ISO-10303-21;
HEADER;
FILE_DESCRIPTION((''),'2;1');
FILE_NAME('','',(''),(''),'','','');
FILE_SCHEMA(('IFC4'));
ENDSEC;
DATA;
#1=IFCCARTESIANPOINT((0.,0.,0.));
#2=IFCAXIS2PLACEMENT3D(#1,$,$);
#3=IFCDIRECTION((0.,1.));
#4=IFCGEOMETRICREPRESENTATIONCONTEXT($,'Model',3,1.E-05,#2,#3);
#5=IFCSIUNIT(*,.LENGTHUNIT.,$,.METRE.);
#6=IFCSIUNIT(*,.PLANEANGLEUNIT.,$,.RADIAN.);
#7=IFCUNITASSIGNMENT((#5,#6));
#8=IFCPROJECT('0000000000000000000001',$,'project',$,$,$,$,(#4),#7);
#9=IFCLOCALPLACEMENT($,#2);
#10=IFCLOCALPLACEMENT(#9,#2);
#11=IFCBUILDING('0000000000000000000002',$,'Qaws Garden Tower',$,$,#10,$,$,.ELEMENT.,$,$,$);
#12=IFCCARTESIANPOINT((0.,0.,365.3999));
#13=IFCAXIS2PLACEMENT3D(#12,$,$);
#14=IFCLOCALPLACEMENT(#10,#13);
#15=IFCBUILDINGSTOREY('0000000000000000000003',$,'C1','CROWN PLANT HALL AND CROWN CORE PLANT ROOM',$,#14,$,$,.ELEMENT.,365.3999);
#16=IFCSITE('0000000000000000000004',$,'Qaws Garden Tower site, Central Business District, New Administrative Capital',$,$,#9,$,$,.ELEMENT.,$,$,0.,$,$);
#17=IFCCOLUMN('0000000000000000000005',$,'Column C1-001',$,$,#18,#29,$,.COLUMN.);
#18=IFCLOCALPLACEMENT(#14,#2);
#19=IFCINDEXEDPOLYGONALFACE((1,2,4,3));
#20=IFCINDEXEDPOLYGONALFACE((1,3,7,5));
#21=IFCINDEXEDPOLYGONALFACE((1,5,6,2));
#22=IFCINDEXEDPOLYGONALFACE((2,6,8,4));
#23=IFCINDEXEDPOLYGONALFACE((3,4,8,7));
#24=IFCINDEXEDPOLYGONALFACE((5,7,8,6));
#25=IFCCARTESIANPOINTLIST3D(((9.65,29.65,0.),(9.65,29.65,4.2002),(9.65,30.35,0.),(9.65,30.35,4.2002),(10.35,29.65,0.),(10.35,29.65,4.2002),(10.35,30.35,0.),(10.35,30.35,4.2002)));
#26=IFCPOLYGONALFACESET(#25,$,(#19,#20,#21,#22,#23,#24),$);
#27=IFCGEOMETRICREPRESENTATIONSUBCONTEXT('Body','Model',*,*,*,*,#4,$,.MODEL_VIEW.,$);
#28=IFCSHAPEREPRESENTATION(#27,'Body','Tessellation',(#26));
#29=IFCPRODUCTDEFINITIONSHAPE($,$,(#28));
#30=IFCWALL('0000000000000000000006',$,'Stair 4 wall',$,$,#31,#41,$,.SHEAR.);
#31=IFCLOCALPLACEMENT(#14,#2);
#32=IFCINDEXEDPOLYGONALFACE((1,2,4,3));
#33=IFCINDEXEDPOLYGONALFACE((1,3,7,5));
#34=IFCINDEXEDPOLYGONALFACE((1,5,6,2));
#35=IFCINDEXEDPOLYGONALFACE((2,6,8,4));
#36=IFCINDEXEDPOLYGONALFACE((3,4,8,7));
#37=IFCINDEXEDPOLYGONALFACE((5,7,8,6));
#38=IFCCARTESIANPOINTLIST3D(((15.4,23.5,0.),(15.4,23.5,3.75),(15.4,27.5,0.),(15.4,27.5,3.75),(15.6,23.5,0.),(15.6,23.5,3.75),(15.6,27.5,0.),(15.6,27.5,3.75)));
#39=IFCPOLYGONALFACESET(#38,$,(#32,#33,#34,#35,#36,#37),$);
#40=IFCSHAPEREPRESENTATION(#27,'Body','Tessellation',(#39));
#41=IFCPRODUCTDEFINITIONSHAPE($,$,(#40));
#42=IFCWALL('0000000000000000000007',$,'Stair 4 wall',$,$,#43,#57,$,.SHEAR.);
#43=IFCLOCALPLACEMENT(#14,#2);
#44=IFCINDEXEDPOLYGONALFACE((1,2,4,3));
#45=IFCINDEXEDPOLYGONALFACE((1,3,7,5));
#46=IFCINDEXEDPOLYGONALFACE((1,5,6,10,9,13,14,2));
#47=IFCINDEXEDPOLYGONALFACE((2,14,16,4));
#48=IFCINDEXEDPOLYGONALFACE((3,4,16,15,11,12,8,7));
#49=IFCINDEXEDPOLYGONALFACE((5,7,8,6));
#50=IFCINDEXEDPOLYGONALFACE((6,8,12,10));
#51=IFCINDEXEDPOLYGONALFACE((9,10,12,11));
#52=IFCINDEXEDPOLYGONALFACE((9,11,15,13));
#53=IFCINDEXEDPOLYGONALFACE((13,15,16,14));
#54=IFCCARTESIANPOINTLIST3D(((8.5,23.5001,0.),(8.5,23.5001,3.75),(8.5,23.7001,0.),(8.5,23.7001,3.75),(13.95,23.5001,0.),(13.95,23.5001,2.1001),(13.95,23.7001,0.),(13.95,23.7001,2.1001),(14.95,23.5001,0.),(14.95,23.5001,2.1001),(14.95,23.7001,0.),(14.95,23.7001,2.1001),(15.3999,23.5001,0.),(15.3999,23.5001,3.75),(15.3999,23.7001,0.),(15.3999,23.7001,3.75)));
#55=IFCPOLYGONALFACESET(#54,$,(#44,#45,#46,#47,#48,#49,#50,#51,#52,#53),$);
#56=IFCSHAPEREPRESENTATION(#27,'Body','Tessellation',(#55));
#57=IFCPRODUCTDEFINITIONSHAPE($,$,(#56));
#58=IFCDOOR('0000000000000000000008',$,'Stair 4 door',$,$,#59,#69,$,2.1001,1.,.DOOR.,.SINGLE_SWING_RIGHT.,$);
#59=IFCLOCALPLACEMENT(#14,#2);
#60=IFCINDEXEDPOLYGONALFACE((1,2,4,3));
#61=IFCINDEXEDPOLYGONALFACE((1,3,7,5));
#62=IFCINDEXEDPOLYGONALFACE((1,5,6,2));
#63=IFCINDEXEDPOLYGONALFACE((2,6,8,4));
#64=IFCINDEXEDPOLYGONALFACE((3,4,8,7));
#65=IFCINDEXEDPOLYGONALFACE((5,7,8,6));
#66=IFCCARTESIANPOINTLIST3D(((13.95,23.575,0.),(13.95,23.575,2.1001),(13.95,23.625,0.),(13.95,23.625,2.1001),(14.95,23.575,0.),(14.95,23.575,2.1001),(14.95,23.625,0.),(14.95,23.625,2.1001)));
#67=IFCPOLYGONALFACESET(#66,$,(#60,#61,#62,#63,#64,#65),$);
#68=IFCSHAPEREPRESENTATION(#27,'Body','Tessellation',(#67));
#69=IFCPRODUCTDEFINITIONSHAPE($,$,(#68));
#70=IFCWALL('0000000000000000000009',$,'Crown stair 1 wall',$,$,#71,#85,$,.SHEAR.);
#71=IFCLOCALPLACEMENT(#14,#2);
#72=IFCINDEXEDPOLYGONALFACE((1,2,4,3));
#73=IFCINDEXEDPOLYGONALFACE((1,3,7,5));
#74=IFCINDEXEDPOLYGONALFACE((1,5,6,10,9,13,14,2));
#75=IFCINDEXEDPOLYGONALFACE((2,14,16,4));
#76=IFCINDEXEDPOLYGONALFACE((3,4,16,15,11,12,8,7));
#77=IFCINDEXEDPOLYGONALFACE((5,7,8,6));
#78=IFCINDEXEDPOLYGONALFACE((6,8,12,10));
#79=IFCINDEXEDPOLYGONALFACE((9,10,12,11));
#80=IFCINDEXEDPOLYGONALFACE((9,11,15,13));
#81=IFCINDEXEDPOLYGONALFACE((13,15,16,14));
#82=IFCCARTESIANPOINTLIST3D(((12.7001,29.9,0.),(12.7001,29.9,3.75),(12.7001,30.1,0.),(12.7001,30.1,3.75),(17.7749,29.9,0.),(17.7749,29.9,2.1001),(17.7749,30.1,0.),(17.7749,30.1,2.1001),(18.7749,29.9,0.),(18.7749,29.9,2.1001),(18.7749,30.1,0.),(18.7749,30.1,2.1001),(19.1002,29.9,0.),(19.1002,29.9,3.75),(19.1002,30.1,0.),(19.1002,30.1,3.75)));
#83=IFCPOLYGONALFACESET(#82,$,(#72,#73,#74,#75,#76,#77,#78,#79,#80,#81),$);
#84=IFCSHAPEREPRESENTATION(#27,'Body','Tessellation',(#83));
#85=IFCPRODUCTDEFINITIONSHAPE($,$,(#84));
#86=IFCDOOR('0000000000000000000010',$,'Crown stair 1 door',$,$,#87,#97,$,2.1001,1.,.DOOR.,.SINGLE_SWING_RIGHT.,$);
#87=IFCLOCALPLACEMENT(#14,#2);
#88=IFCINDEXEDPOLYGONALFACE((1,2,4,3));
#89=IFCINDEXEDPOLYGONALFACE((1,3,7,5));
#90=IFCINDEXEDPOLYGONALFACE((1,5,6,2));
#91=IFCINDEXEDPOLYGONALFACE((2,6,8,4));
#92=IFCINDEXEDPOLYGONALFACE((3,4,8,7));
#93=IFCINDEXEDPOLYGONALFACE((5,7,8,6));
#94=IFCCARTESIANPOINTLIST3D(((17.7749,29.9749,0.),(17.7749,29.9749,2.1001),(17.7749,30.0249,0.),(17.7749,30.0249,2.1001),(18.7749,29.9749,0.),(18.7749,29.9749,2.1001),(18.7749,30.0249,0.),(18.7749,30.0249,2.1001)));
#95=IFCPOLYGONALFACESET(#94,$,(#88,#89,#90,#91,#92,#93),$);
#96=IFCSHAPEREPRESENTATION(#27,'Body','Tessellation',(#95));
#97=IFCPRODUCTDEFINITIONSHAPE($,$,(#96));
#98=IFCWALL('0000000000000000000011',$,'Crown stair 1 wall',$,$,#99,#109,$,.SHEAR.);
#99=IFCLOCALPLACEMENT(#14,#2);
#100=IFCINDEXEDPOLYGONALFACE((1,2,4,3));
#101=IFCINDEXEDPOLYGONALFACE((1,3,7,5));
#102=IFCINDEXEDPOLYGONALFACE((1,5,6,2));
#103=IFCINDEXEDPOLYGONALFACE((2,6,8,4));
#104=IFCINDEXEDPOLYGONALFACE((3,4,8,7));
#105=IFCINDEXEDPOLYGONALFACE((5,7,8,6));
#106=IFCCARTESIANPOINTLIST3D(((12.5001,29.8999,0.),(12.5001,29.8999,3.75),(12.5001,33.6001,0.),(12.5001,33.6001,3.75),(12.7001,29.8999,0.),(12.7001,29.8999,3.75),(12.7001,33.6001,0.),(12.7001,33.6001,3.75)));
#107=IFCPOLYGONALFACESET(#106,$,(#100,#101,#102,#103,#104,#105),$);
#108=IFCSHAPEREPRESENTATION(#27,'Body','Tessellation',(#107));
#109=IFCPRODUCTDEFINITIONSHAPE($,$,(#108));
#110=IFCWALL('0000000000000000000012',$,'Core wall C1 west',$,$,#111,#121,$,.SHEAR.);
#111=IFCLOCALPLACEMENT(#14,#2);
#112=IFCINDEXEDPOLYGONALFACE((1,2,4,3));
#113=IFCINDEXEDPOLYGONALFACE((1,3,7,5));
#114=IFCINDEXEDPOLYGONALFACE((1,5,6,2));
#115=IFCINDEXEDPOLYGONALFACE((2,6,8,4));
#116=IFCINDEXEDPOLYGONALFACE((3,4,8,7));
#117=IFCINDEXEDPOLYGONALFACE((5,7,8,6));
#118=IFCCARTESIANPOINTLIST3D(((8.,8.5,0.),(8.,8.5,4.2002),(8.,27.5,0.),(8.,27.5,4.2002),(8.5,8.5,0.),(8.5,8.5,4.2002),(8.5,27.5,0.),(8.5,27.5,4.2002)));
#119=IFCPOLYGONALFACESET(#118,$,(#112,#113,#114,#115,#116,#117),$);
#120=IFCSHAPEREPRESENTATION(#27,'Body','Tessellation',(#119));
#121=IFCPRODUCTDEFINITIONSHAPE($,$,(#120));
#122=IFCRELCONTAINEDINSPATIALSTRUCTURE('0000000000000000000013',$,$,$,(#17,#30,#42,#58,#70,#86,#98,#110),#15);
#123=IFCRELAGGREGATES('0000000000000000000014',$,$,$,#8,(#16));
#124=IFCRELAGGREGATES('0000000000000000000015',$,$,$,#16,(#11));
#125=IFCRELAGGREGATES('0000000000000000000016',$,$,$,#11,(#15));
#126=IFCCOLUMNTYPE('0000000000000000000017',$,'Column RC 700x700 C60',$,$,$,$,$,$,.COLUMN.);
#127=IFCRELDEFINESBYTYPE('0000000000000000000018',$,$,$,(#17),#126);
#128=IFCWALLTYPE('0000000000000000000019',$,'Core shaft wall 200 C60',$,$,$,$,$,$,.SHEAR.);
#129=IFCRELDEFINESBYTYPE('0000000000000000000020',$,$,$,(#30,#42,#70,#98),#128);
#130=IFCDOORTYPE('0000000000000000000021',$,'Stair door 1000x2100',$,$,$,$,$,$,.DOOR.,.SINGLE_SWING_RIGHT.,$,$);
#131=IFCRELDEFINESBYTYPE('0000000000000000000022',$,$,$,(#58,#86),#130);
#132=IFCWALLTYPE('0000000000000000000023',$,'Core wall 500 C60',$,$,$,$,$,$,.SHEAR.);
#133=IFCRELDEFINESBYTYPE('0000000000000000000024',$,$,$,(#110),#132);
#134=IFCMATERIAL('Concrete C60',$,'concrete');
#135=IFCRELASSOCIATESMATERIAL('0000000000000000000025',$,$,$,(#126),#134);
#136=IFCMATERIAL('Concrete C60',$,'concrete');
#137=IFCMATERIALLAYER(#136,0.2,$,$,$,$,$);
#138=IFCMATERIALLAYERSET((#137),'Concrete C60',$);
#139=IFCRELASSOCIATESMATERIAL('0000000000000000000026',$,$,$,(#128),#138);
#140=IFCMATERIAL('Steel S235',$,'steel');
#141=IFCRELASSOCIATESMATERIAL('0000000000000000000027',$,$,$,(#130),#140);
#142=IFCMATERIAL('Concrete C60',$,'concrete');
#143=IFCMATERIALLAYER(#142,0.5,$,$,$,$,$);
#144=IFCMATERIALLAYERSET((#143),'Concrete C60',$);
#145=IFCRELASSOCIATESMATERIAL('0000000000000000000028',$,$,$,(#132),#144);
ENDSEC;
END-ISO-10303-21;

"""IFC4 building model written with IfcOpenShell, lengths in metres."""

from ifc_helpers import new_model, si_unit, direction, frame, frame_2d, origin, origin_2d, place, context, subcontext, project, spatial, rectangle, extrude, material, layer, layer_set, material_profile, profile_set, type_object, element, fill, save


model = new_model("IFC4")

# Units and contexts
model_context = context("Model", 3, precision=1e-05, world=origin(), true_north=direction((0.0, 1.0)))
body_context = subcontext(model_context, "Body", "Model", "MODEL_VIEW")
ifc_project = project(units=[si_unit("LENGTHUNIT", "METRE"), si_unit("PLANEANGLEUNIT", "RADIAN")], contexts=[model_context])

# Site, building, storey
site_placement = place(None, origin())
site = spatial("IfcSite", under=ifc_project, at=site_placement, Name="Qaws Garden Tower site, Central Business District, New Administrative Capital", CompositionType="ELEMENT", RefElevation=0.0)
building_placement = place(site_placement, origin())
building = spatial("IfcBuilding", under=site, at=building_placement, Name="Qaws Garden Tower", CompositionType="ELEMENT")
storey_placement = place(building_placement, frame((0.0, 0.0, 365.3999)))
storey = spatial("IfcBuildingStorey", under=building, at=storey_placement, Name="C1", Description="CROWN PLANT HALL AND CROWN CORE PLANT ROOM", CompositionType="ELEMENT", Elevation=365.3999)

# Column
ifc_material_1 = material(Name="Concrete C60", Category="concrete")
ifc_material_profile = material_profile(ifc_material_1, rectangle(XDim=0.7, YDim=0.7, at=origin_2d()), Name="RC 700x700")
ifc_profile_set = profile_set([ifc_material_profile], Name="Concrete C60")
column_type = type_object("IfcColumnType", Name="Column RC 700x700 C60", PredefinedType="COLUMN", material=ifc_profile_set)
column_placement = place(storey_placement, frame((10.0, 30.0, 0.0), z_axis=(0.0, 0.0, 1.0), x_axis=(1.0, 0.0, 0.0)))
element("IfcColumn", 1, at=column_placement, inside=storey, type_object=column_type, Name="Column C1-001", PredefinedType="COLUMN", context=body_context, shape_type="SweptSolid", body=[
    extrude(rectangle(XDim=0.7, YDim=0.7, at=origin_2d()), origin(), (0.0, 0.0, 1.0), 4.2002),
])

# Wall
ifc_material_2 = material(Name="Concrete C60", Category="concrete")
ifc_layer_1 = layer(ifc_material_2, 0.2)
ifc_layer_set_1 = layer_set([ifc_layer_1], Name="Concrete C60")
wall_type_1 = type_object("IfcWallType", Name="Core shaft wall 200 C60", PredefinedType="SHEAR", material=ifc_layer_set_1)
wall_1_placement = place(storey_placement, frame((15.5, 23.5, 0.0), z_axis=(0.0, 0.0, 1.0), x_axis=(0.0, 1.0, 0.0)))
element("IfcWall", 2, at=wall_1_placement, inside=storey, type_object=wall_type_1, Name="Stair 4 wall", PredefinedType="SHEAR", context=body_context, shape_type="SweptSolid", body=[
    extrude(rectangle(XDim=4.0, YDim=0.2, at=frame_2d((2.0, 0.0))), origin(), (0.0, 0.0, 1.0), 3.75),
])

# Walls, openings, doors
wall_2_placement = place(storey_placement, frame((8.5, 23.6001, 0.0), z_axis=(0.0, 0.0, 1.0), x_axis=(1.0, 0.0, 0.0)))
wall_2 = element("IfcWall", 3, at=wall_2_placement, inside=storey, type_object=wall_type_1, Name="Stair 4 wall", PredefinedType="SHEAR", context=body_context, shape_type="SweptSolid", body=[
    extrude(rectangle(XDim=6.8999, YDim=0.2, at=frame_2d((3.45, 0.0))), origin(), (0.0, 0.0, 1.0), 3.75),
])
opening_1_placement = place(wall_2_placement, frame((5.45, 0.0, 0.0)))
opening_1 = element("IfcOpeningElement", 4, at=opening_1_placement, cuts=wall_2, PredefinedType="OPENING", context=body_context, shape_type="SweptSolid", body=[
    extrude(rectangle(XDim=1.0, YDim=2.1001, at=frame_2d((0.5, 1.05))), frame((0.0, 0.1099, 0.0), z_axis=(0.0, -1.0, 0.0), x_axis=(1.0, 0.0, 0.0)), (0.0, 0.0, 1.0), 0.22),
])
ifc_material_3 = material(Name="Steel S235", Category="steel")
door_type = type_object("IfcDoorType", Name="Stair door 1000x2100", OperationType="SINGLE_SWING_RIGHT", PredefinedType="DOOR", material=ifc_material_3)
door_1_placement = place(opening_1_placement, origin())
door_1 = element("IfcDoor", 5, at=door_1_placement, inside=storey, type_object=door_type, Name="Stair 4 door", OperationType="SINGLE_SWING_RIGHT", OverallHeight=2.1001, OverallWidth=1.0, PredefinedType="DOOR", context=body_context, shape_type="SweptSolid", body=[
    extrude(rectangle(XDim=1.0, YDim=2.1001, at=frame_2d((0.5, 1.05))), frame((0.0, 0.0249, 0.0), z_axis=(0.0, -1.0, 0.0), x_axis=(1.0, 0.0, 0.0)), (0.0, 0.0, 1.0), 0.05),
])
fill(opening_1, door_1)
wall_3_placement = place(storey_placement, frame((12.7, 30.0, 0.0), z_axis=(0.0, 0.0, 1.0), x_axis=(1.0, 0.0, 0.0)))
wall_3 = element("IfcWall", 6, at=wall_3_placement, inside=storey, type_object=wall_type_1, Name="Crown stair 1 wall", PredefinedType="SHEAR", context=body_context, shape_type="SweptSolid", body=[
    extrude(rectangle(XDim=6.4001, YDim=0.2, at=frame_2d((3.2002, 0.0))), origin(), (0.0, 0.0, 1.0), 3.75),
])
opening_2_placement = place(wall_3_placement, frame((5.075, 0.0, 0.0)))
opening_2 = element("IfcOpeningElement", 7, at=opening_2_placement, cuts=wall_3, PredefinedType="OPENING", context=body_context, shape_type="SweptSolid", body=[
    extrude(rectangle(XDim=1.0, YDim=2.1001, at=frame_2d((0.5, 1.05))), frame((0.0, 0.1099, 0.0), z_axis=(0.0, -1.0, 0.0), x_axis=(1.0, 0.0, 0.0)), (0.0, 0.0, 1.0), 0.22),
])
door_2_placement = place(opening_2_placement, origin())
door_2 = element("IfcDoor", 8, at=door_2_placement, inside=storey, type_object=door_type, Name="Crown stair 1 door", OperationType="SINGLE_SWING_RIGHT", OverallHeight=2.1001, OverallWidth=1.0, PredefinedType="DOOR", context=body_context, shape_type="SweptSolid", body=[
    extrude(rectangle(XDim=1.0, YDim=2.1001, at=frame_2d((0.5, 1.05))), frame((0.0, 0.0249, 0.0), z_axis=(0.0, -1.0, 0.0), x_axis=(1.0, 0.0, 0.0)), (0.0, 0.0, 1.0), 0.05),
])
fill(opening_2, door_2)

# Walls
wall_4_placement = place(storey_placement, frame((12.6001, 29.8999, 0.0), z_axis=(0.0, 0.0, 1.0), x_axis=(0.0, 1.0, 0.0)))
element("IfcWall", 9, at=wall_4_placement, inside=storey, type_object=wall_type_1, Name="Crown stair 1 wall", PredefinedType="SHEAR", context=body_context, shape_type="SweptSolid", body=[
    extrude(rectangle(XDim=3.7002, YDim=0.2, at=frame_2d((1.8501, 0.0))), origin(), (0.0, 0.0, 1.0), 3.75),
])
ifc_material_4 = material(Name="Concrete C60", Category="concrete")
ifc_layer_2 = layer(ifc_material_4, 0.5)
ifc_layer_set_2 = layer_set([ifc_layer_2], Name="Concrete C60")
wall_type_2 = type_object("IfcWallType", Name="Core wall 500 C60", PredefinedType="SHEAR", material=ifc_layer_set_2)
wall_5_placement = place(storey_placement, frame((8.25, 27.5, 0.0), z_axis=(0.0, 0.0, 1.0), x_axis=(0.0, -1.0, 0.0)))
element("IfcWall", 10, at=wall_5_placement, inside=storey, type_object=wall_type_2, Name="Core wall C1 west", PredefinedType="SHEAR", context=body_context, shape_type="SweptSolid", body=[
    extrude(rectangle(XDim=19.0, YDim=0.5, at=frame_2d((9.5, 0.0))), origin(), (0.0, 0.0, 1.0), 4.2002),
])

save(model, "model.ifc")
